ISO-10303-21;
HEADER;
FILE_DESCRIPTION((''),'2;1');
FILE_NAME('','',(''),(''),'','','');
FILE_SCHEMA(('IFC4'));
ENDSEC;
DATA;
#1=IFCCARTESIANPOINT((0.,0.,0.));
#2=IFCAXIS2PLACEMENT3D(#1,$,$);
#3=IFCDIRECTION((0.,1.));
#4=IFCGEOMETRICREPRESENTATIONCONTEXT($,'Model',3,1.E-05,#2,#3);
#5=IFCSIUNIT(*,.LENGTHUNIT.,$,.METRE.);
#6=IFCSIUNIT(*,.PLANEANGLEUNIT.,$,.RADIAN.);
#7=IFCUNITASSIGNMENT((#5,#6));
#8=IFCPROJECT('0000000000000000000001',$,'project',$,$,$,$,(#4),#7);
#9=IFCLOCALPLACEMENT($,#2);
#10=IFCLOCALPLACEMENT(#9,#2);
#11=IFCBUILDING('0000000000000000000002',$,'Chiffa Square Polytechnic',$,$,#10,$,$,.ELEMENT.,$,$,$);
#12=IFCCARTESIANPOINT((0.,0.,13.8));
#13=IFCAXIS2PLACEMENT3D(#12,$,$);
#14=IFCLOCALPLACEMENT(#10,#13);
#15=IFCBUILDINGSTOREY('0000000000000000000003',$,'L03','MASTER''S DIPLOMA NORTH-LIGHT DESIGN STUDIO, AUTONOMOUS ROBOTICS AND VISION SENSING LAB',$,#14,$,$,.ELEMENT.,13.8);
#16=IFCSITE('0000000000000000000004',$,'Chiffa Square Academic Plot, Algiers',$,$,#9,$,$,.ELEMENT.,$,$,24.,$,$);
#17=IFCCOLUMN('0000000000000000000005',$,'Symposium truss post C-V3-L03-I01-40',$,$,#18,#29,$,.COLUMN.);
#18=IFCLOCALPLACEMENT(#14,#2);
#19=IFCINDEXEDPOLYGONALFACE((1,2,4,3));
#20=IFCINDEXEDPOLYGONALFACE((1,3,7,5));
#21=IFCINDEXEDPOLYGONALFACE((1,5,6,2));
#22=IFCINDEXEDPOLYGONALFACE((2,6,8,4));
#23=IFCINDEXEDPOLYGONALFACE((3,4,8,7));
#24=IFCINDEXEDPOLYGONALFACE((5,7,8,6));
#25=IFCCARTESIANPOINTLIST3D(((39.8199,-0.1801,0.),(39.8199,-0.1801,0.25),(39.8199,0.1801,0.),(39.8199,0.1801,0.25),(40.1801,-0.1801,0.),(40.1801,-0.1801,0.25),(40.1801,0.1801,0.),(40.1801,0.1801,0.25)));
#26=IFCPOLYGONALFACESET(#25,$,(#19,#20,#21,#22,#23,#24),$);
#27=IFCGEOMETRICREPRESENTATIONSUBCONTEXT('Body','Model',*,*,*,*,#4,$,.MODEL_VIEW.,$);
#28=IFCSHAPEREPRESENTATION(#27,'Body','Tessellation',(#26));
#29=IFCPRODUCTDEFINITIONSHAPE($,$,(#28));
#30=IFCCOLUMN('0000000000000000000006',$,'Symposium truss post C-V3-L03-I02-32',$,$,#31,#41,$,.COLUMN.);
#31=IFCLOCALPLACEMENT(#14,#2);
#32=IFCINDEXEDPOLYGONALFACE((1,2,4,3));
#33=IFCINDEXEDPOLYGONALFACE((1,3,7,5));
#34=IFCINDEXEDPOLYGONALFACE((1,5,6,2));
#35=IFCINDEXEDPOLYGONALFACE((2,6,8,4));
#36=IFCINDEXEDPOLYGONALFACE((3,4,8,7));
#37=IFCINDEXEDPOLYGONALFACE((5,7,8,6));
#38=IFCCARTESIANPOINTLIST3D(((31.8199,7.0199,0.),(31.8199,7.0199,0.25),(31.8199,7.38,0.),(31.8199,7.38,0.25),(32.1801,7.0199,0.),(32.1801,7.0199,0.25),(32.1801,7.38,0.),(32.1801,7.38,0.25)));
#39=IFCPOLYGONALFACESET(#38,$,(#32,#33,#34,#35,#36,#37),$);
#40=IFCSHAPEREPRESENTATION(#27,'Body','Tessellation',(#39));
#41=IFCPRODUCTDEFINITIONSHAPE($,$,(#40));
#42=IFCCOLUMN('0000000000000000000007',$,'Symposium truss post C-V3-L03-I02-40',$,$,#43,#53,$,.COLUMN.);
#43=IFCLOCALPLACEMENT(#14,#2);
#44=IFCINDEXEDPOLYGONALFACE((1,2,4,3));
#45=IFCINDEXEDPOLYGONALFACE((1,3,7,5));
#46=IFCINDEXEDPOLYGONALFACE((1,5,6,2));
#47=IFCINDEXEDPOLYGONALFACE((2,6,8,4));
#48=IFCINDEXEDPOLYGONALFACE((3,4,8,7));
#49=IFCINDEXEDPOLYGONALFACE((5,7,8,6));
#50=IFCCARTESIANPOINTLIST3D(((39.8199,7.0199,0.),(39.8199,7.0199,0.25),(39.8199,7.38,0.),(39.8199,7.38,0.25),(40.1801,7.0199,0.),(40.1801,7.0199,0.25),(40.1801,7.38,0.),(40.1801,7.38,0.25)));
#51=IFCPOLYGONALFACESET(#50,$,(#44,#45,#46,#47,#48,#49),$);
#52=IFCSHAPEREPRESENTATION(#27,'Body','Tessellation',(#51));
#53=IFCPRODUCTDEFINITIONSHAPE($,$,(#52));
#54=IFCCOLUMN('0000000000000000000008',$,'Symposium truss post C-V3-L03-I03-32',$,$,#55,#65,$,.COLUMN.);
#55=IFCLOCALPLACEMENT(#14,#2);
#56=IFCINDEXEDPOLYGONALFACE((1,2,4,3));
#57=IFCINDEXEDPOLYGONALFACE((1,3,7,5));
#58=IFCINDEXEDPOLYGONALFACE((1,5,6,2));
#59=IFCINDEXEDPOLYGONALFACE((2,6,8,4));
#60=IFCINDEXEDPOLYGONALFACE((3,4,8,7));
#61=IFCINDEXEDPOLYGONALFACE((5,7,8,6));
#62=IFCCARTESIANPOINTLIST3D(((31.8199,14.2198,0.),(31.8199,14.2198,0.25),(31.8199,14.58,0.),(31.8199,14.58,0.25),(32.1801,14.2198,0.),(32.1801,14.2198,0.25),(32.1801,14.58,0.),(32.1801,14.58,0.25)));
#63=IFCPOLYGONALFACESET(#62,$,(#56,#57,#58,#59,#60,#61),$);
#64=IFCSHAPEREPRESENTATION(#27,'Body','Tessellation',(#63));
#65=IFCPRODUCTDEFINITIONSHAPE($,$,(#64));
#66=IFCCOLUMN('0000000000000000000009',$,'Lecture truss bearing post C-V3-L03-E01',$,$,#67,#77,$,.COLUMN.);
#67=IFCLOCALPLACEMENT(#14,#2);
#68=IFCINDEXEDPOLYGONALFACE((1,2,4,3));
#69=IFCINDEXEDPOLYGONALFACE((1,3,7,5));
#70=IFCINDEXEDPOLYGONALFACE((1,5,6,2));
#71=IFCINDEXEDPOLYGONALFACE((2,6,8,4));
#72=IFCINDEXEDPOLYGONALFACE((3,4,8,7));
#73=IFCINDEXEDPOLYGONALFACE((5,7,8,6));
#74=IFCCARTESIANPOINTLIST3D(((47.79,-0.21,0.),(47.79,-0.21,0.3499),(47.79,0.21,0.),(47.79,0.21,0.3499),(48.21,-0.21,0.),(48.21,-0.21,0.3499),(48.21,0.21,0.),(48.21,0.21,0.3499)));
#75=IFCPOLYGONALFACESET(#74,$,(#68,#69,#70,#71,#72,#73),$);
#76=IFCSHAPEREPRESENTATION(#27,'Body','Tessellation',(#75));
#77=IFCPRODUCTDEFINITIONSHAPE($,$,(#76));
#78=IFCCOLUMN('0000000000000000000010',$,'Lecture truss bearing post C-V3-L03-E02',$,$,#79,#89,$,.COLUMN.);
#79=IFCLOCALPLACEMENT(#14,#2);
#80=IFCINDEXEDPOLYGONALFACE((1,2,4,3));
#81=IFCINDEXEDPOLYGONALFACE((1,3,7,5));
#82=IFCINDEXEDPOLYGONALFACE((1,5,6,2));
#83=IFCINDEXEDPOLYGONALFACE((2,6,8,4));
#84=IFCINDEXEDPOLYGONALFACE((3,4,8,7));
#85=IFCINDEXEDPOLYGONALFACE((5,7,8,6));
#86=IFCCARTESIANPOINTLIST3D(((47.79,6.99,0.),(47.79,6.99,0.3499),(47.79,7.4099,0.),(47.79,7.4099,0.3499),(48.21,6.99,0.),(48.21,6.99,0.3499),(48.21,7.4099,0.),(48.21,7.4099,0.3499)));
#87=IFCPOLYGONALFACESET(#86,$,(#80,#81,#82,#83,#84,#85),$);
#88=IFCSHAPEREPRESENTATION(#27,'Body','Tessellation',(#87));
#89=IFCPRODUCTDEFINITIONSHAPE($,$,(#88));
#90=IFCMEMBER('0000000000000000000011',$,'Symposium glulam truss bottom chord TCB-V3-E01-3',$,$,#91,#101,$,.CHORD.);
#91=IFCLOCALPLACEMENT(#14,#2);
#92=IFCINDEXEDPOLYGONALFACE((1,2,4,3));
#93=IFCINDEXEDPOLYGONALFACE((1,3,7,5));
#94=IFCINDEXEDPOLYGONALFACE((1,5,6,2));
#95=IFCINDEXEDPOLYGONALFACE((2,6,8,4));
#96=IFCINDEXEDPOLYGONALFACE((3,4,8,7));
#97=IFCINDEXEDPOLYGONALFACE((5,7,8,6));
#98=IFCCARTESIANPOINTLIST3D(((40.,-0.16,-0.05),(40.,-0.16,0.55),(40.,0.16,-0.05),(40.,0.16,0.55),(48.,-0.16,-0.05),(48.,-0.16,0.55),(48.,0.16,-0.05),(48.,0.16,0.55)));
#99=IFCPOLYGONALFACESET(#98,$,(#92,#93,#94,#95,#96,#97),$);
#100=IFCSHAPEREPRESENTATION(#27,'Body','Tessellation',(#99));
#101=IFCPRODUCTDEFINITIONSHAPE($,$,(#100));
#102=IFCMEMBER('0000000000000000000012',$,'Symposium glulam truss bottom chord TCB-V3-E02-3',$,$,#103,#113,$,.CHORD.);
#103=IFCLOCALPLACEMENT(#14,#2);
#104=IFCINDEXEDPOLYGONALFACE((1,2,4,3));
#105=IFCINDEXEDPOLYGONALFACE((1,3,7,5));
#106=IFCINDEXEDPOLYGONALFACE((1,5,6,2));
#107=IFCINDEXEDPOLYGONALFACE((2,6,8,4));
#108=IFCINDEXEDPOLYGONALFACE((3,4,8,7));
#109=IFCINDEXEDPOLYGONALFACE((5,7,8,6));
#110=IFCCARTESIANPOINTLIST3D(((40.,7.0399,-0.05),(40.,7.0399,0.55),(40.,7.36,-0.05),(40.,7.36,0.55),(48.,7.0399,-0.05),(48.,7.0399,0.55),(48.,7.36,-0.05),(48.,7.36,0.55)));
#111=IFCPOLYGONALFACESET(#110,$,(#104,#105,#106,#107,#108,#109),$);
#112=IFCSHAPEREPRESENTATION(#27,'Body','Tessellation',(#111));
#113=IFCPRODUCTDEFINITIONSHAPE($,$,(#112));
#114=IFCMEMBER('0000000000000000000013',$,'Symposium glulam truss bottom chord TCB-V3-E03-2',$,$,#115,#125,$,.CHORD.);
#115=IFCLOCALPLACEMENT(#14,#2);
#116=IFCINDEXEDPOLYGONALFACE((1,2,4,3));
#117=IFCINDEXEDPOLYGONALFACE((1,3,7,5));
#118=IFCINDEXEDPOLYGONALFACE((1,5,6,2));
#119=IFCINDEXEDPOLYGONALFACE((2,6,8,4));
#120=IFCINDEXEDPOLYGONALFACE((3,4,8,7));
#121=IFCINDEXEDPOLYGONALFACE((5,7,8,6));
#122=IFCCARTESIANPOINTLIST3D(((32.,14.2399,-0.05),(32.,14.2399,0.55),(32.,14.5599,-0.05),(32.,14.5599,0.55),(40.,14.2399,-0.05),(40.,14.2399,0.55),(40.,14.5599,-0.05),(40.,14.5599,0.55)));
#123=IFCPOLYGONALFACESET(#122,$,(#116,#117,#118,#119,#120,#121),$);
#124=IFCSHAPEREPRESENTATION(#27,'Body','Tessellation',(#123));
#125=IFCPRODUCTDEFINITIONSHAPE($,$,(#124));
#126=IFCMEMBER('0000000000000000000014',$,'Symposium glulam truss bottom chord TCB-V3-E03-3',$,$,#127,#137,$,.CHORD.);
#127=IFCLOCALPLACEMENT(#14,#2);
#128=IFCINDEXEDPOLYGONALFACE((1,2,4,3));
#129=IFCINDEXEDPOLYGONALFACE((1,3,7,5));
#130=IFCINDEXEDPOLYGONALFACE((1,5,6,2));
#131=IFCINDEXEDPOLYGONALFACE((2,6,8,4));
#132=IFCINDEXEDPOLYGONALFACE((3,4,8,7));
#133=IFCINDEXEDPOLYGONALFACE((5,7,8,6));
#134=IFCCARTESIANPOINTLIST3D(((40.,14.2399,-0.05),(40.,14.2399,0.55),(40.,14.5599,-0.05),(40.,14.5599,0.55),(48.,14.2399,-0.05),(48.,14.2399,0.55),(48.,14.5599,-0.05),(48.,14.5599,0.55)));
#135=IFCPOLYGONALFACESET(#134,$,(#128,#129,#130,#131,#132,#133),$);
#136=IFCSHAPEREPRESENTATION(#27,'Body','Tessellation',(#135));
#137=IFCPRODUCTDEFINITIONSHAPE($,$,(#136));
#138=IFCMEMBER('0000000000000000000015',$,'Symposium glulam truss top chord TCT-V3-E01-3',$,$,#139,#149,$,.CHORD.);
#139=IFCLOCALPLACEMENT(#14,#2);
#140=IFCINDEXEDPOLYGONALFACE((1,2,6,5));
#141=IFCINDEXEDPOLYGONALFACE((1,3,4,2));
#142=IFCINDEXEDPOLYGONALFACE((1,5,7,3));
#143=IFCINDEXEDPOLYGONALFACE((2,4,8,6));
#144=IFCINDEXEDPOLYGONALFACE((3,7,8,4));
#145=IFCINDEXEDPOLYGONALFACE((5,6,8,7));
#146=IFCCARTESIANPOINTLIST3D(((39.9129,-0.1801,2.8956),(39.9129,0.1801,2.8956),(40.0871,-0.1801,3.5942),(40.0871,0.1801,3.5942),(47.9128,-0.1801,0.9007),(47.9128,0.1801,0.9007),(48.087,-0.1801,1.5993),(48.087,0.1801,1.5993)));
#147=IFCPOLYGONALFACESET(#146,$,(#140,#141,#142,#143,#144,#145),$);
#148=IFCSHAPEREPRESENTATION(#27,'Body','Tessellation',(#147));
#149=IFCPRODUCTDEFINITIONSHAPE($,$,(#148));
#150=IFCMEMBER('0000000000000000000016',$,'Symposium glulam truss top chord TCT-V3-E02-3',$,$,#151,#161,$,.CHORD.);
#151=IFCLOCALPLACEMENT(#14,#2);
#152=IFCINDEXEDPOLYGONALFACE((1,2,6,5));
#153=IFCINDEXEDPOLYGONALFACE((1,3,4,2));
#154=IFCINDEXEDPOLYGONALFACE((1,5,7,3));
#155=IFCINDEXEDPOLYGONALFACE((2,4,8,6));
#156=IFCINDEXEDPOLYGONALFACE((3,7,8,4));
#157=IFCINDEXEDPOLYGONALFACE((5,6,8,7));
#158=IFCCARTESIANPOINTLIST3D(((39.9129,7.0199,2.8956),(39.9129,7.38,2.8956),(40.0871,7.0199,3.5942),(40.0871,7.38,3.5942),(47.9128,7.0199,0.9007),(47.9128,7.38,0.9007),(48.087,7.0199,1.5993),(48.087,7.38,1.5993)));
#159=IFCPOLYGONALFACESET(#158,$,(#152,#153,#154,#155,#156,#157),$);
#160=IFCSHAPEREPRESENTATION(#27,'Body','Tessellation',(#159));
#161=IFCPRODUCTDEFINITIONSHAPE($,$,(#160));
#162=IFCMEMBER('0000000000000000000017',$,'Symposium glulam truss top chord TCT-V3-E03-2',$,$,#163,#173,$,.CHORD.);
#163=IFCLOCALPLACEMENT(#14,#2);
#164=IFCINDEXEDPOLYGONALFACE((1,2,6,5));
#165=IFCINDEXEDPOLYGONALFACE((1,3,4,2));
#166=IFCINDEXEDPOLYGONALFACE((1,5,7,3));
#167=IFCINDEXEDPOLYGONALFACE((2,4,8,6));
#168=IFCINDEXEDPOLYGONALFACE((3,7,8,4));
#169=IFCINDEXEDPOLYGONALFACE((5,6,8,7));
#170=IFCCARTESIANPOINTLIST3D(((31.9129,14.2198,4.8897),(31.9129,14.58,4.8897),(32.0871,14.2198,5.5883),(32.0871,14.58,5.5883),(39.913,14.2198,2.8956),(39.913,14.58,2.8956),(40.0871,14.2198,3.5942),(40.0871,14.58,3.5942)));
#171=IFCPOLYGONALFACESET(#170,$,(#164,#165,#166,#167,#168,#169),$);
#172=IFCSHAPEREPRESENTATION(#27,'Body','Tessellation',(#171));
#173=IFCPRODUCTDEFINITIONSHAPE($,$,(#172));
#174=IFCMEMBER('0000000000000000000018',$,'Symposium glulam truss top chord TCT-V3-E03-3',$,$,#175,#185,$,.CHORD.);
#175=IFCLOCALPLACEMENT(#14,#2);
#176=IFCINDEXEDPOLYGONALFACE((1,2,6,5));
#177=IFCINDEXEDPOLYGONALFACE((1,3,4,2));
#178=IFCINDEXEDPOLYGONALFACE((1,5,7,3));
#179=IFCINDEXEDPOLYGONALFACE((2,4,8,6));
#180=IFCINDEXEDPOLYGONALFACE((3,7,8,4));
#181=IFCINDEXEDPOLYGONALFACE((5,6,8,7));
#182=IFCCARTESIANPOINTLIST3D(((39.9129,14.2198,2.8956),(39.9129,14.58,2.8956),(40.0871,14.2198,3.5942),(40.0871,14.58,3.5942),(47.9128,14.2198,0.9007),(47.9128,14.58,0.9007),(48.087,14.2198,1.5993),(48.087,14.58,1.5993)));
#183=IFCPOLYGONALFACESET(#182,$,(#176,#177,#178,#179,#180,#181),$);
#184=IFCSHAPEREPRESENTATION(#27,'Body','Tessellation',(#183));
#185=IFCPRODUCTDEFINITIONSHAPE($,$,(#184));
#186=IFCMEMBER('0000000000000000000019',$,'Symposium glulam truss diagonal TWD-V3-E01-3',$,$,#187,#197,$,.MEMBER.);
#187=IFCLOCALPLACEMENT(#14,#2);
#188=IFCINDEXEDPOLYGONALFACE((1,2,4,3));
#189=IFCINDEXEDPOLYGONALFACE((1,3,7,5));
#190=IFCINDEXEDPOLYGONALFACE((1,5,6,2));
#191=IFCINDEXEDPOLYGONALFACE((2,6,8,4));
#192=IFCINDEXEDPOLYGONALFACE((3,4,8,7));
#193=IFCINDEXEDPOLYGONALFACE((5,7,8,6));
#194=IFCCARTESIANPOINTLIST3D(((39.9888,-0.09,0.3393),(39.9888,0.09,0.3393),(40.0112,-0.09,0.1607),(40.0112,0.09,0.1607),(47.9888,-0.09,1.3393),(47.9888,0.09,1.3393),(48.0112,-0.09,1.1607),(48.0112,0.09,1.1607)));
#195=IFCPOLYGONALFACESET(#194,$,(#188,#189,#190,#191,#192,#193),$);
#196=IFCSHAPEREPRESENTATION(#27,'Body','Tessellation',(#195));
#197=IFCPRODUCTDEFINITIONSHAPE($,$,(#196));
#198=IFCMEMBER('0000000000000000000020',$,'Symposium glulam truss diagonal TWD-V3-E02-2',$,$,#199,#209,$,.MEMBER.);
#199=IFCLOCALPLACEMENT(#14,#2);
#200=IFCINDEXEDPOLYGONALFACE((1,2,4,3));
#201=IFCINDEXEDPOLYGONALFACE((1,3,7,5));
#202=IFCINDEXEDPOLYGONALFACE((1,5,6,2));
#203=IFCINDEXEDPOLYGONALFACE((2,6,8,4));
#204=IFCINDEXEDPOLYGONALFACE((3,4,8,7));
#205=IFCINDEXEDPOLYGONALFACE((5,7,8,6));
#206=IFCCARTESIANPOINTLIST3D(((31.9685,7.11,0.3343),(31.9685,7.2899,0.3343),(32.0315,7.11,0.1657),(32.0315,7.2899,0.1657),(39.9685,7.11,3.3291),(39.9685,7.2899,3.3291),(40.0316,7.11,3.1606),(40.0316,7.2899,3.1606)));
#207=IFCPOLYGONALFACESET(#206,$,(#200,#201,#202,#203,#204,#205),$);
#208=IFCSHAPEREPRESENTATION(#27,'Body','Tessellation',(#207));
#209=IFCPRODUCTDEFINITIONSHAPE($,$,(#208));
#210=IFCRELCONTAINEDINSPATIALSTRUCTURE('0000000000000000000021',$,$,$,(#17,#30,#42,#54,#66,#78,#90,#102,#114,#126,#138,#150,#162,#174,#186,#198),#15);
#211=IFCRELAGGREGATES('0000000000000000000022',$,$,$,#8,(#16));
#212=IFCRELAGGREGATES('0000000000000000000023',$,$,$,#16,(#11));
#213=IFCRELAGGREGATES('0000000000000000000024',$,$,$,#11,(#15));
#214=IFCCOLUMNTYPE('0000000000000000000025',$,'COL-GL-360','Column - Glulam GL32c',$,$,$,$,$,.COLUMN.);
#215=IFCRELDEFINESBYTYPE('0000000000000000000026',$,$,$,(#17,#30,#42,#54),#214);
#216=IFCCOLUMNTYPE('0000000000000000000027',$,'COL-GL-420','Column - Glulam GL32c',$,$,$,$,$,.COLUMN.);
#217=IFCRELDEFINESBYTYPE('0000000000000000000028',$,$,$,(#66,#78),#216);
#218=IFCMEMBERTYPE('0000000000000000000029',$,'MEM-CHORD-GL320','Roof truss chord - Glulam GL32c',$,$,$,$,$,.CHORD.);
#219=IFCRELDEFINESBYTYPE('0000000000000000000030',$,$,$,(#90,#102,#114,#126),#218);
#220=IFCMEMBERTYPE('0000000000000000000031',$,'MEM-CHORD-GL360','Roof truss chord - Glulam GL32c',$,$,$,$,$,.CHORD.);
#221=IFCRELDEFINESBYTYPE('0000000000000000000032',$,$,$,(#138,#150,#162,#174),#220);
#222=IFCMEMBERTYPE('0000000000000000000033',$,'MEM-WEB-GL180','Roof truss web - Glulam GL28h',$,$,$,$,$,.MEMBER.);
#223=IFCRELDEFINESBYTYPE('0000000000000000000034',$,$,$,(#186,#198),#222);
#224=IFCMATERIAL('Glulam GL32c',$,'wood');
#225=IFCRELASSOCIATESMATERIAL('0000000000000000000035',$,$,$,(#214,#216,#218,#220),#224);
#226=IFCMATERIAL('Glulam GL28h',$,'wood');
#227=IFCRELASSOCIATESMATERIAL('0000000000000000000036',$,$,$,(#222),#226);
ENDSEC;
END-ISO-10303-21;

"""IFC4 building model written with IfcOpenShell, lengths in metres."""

from ifc_helpers import new_model, si_unit, direction, frame, origin, origin_2d, place, context, subcontext, project, spatial, rectangle, extrude, material, material_profile, profile_set, type_object, element, save


model = new_model("IFC4")

# Units and contexts
model_context = context("Model", 3, precision=1e-05, world=origin(), true_north=direction((0.0, 1.0)))
body_context = subcontext(model_context, "Body", "Model", "MODEL_VIEW")
ifc_project = project(units=[si_unit("LENGTHUNIT", "METRE"), si_unit("PLANEANGLEUNIT", "RADIAN")], contexts=[model_context])

# Site, building, storey
site_placement = place(None, origin())
site = spatial("IfcSite", under=ifc_project, at=site_placement, Name="Chiffa Square Academic Plot, Algiers", CompositionType="ELEMENT", RefElevation=24.0)
building_placement = place(site_placement, origin())
building = spatial("IfcBuilding", under=site, at=building_placement, Name="Chiffa Square Polytechnic", CompositionType="ELEMENT")
storey_placement = place(building_placement, frame((0.0, 0.0, 13.8)))
storey = spatial("IfcBuildingStorey", under=building, at=storey_placement, Name="L03", Description="MASTER'S DIPLOMA NORTH-LIGHT DESIGN STUDIO, AUTONOMOUS ROBOTICS AND VISION SENSING LAB", CompositionType="ELEMENT", Elevation=13.8)

# Columns
ifc_material_1 = material(Name="Glulam GL32c", Category="wood")
ifc_material_profile_1 = material_profile(ifc_material_1, rectangle(XDim=0.3601, YDim=0.3601, at=origin_2d()), Name="GL32c 360x360")
ifc_profile_set_1 = profile_set([ifc_material_profile_1], Name="Glulam GL32c")
column_type_1 = type_object("IfcColumnType", Name="COL-GL-360", Description="Column - Glulam GL32c", PredefinedType="COLUMN", material=ifc_profile_set_1)
for number, where, z_axis, x_axis, name in (
    (1, (40.0, 0.0, 0.0), (0.0, 0.0, 1.0), (1.0, 0.0, 0.0), "Symposium truss post C-V3-L03-I01-40"),
    (2, (32.0, 7.2, 0.0), (0.0, 0.0, 1.0), (1.0, 0.0, 0.0), "Symposium truss post C-V3-L03-I02-32"),
    (3, (40.0, 7.2, 0.0), (0.0, 0.0, 1.0), (1.0, 0.0, 0.0), "Symposium truss post C-V3-L03-I02-40"),
    (4, (32.0, 14.3999, 0.0), (0.0, 0.0, 1.0), (1.0, 0.0, 0.0), "Symposium truss post C-V3-L03-I03-32"),
):
    element("IfcColumn", number, at=place(storey_placement, frame(where, z_axis=z_axis, x_axis=x_axis)), inside=storey, type_object=column_type_1, Name=name, PredefinedType="COLUMN", context=body_context, shape_type="SweptSolid", body=[
        extrude(rectangle(XDim=0.3601, YDim=0.3601, at=origin_2d()), origin(), (0.0, 0.0, 1.0), 0.25),
    ])
ifc_material_profile_2 = material_profile(ifc_material_1, rectangle(XDim=0.4199, YDim=0.4199, at=origin_2d()), Name="GL32c 420x420")
ifc_profile_set_2 = profile_set([ifc_material_profile_2], Name="Glulam GL32c")
column_type_2 = type_object("IfcColumnType", Name="COL-GL-420", Description="Column - Glulam GL32c", PredefinedType="COLUMN", material=ifc_profile_set_2)
for number, where, z_axis, x_axis, name in (
    (5, (48.0, 0.0, 0.0), (0.0, 0.0, 1.0), (1.0, 0.0, 0.0), "Lecture truss bearing post C-V3-L03-E01"),
    (6, (48.0, 7.2, 0.0), (0.0, 0.0, 1.0), (1.0, 0.0, 0.0), "Lecture truss bearing post C-V3-L03-E02"),
):
    element("IfcColumn", number, at=place(storey_placement, frame(where, z_axis=z_axis, x_axis=x_axis)), inside=storey, type_object=column_type_2, Name=name, PredefinedType="COLUMN", context=body_context, shape_type="SweptSolid", body=[
        extrude(rectangle(XDim=0.4199, YDim=0.4199, at=origin_2d()), origin(), (0.0, 0.0, 1.0), 0.3499),
    ])

# Members
ifc_material_profile_3 = material_profile(ifc_material_1, rectangle(XDim=0.3201, YDim=0.6001, at=origin_2d()), Name="GL32c 320x600")
ifc_profile_set_3 = profile_set([ifc_material_profile_3], Name="Glulam GL32c")
member_type_1 = type_object("IfcMemberType", Name="MEM-CHORD-GL320", Description="Roof truss chord - Glulam GL32c", PredefinedType="CHORD", material=ifc_profile_set_3)
for number, where, z_axis, x_axis, name in (
    (7, (40.0, 0.0, 0.25), (1.0, 0.0, 0.0), (0.0, 1.0, 0.0), "Symposium glulam truss bottom chord TCB-V3-E01-3"),
    (8, (40.0, 7.2, 0.25), (1.0, 0.0, 0.0), (0.0, 1.0, 0.0), "Symposium glulam truss bottom chord TCB-V3-E02-3"),
    (9, (32.0, 14.3999, 0.25), (1.0, 0.0, 0.0), (0.0, 1.0, 0.0), "Symposium glulam truss bottom chord TCB-V3-E03-2"),
    (10, (40.0, 14.3999, 0.25), (1.0, 0.0, 0.0), (0.0, 1.0, 0.0), "Symposium glulam truss bottom chord TCB-V3-E03-3"),
):
    element("IfcMember", number, at=place(storey_placement, frame(where, z_axis=z_axis, x_axis=x_axis)), inside=storey, type_object=member_type_1, Name=name, PredefinedType="CHORD", context=body_context, shape_type="SweptSolid", body=[
        extrude(rectangle(XDim=0.3201, YDim=0.6001, at=origin_2d()), origin(), (0.0, 0.0, 1.0), 8.0),
    ])
ifc_material_profile_4 = material_profile(ifc_material_1, rectangle(XDim=0.3601, YDim=0.72, at=origin_2d()), Name="GL32c 360x720")
ifc_profile_set_4 = profile_set([ifc_material_profile_4], Name="Glulam GL32c")
member_type_2 = type_object("IfcMemberType", Name="MEM-CHORD-GL360", Description="Roof truss chord - Glulam GL32c", PredefinedType="CHORD", material=ifc_profile_set_4)
for number, where, z_axis, x_axis, name in (
    (11, (40.0, 0.0, 3.2449), (0.970289, 0.0, -0.24195), (0.0, 1.0, 0.0), "Symposium glulam truss top chord TCT-V3-E01-3"),
    (12, (40.0, 7.2, 3.2449), (0.970289, 0.0, -0.24195), (0.0, 1.0, 0.0), "Symposium glulam truss top chord TCT-V3-E02-3"),
    (13, (32.0, 14.3999, 5.239), (0.970309, 0.0, -0.241867), (0.0, 1.0, 0.0), "Symposium glulam truss top chord TCT-V3-E03-2"),
    (14, (40.0, 14.3999, 3.2449), (0.970289, 0.0, -0.24195), (0.0, 1.0, 0.0), "Symposium glulam truss top chord TCT-V3-E03-3"),
):
    element("IfcMember", number, at=place(storey_placement, frame(where, z_axis=z_axis, x_axis=x_axis)), inside=storey, type_object=member_type_2, Name=name, PredefinedType="CHORD", context=body_context, shape_type="SweptSolid", body=[
        extrude(rectangle(XDim=0.3601, YDim=0.72, at=origin_2d()), origin(), (0.0, 0.0, 1.0), 8.2449),
    ])
ifc_material_2 = material(Name="Glulam GL28h", Category="wood")
ifc_material_profile_5 = material_profile(ifc_material_2, rectangle(XDim=0.1799, YDim=0.1799, at=origin_2d()), Name="GL28h 180x180")
ifc_profile_set_5 = profile_set([ifc_material_profile_5], Name="Glulam GL28h")
member_type_3 = type_object("IfcMemberType", Name="MEM-WEB-GL180", Description="Roof truss web - Glulam GL28h", PredefinedType="MEMBER", material=ifc_profile_set_5)
member_1_placement = place(storey_placement, frame((40.0, 0.0, 0.25), z_axis=(0.992278, 0.0, 0.124035), x_axis=(0.0, 1.0, 0.0)))
element("IfcMember", 15, at=member_1_placement, inside=storey, type_object=member_type_3, Name="Symposium glulam truss diagonal TWD-V3-E01-3", PredefinedType="MEMBER", context=body_context, shape_type="SweptSolid", body=[
    extrude(rectangle(XDim=0.1799, YDim=0.1799, at=origin_2d()), origin(), (0.0, 0.0, 1.0), 8.0623),
])
member_2_placement = place(storey_placement, frame((32.0, 7.2, 0.25), z_axis=(0.936526, 0.0, 0.350597), x_axis=(0.0, 1.0, 0.0)))
element("IfcMember", 16, at=member_2_placement, inside=storey, type_object=member_type_3, Name="Symposium glulam truss diagonal TWD-V3-E02-2", PredefinedType="MEMBER", context=body_context, shape_type="SweptSolid", body=[
    extrude(rectangle(XDim=0.1799, YDim=0.1799, at=origin_2d()), origin(), (0.0, 0.0, 1.0), 8.5422),
])

save(model, "model.ifc")
